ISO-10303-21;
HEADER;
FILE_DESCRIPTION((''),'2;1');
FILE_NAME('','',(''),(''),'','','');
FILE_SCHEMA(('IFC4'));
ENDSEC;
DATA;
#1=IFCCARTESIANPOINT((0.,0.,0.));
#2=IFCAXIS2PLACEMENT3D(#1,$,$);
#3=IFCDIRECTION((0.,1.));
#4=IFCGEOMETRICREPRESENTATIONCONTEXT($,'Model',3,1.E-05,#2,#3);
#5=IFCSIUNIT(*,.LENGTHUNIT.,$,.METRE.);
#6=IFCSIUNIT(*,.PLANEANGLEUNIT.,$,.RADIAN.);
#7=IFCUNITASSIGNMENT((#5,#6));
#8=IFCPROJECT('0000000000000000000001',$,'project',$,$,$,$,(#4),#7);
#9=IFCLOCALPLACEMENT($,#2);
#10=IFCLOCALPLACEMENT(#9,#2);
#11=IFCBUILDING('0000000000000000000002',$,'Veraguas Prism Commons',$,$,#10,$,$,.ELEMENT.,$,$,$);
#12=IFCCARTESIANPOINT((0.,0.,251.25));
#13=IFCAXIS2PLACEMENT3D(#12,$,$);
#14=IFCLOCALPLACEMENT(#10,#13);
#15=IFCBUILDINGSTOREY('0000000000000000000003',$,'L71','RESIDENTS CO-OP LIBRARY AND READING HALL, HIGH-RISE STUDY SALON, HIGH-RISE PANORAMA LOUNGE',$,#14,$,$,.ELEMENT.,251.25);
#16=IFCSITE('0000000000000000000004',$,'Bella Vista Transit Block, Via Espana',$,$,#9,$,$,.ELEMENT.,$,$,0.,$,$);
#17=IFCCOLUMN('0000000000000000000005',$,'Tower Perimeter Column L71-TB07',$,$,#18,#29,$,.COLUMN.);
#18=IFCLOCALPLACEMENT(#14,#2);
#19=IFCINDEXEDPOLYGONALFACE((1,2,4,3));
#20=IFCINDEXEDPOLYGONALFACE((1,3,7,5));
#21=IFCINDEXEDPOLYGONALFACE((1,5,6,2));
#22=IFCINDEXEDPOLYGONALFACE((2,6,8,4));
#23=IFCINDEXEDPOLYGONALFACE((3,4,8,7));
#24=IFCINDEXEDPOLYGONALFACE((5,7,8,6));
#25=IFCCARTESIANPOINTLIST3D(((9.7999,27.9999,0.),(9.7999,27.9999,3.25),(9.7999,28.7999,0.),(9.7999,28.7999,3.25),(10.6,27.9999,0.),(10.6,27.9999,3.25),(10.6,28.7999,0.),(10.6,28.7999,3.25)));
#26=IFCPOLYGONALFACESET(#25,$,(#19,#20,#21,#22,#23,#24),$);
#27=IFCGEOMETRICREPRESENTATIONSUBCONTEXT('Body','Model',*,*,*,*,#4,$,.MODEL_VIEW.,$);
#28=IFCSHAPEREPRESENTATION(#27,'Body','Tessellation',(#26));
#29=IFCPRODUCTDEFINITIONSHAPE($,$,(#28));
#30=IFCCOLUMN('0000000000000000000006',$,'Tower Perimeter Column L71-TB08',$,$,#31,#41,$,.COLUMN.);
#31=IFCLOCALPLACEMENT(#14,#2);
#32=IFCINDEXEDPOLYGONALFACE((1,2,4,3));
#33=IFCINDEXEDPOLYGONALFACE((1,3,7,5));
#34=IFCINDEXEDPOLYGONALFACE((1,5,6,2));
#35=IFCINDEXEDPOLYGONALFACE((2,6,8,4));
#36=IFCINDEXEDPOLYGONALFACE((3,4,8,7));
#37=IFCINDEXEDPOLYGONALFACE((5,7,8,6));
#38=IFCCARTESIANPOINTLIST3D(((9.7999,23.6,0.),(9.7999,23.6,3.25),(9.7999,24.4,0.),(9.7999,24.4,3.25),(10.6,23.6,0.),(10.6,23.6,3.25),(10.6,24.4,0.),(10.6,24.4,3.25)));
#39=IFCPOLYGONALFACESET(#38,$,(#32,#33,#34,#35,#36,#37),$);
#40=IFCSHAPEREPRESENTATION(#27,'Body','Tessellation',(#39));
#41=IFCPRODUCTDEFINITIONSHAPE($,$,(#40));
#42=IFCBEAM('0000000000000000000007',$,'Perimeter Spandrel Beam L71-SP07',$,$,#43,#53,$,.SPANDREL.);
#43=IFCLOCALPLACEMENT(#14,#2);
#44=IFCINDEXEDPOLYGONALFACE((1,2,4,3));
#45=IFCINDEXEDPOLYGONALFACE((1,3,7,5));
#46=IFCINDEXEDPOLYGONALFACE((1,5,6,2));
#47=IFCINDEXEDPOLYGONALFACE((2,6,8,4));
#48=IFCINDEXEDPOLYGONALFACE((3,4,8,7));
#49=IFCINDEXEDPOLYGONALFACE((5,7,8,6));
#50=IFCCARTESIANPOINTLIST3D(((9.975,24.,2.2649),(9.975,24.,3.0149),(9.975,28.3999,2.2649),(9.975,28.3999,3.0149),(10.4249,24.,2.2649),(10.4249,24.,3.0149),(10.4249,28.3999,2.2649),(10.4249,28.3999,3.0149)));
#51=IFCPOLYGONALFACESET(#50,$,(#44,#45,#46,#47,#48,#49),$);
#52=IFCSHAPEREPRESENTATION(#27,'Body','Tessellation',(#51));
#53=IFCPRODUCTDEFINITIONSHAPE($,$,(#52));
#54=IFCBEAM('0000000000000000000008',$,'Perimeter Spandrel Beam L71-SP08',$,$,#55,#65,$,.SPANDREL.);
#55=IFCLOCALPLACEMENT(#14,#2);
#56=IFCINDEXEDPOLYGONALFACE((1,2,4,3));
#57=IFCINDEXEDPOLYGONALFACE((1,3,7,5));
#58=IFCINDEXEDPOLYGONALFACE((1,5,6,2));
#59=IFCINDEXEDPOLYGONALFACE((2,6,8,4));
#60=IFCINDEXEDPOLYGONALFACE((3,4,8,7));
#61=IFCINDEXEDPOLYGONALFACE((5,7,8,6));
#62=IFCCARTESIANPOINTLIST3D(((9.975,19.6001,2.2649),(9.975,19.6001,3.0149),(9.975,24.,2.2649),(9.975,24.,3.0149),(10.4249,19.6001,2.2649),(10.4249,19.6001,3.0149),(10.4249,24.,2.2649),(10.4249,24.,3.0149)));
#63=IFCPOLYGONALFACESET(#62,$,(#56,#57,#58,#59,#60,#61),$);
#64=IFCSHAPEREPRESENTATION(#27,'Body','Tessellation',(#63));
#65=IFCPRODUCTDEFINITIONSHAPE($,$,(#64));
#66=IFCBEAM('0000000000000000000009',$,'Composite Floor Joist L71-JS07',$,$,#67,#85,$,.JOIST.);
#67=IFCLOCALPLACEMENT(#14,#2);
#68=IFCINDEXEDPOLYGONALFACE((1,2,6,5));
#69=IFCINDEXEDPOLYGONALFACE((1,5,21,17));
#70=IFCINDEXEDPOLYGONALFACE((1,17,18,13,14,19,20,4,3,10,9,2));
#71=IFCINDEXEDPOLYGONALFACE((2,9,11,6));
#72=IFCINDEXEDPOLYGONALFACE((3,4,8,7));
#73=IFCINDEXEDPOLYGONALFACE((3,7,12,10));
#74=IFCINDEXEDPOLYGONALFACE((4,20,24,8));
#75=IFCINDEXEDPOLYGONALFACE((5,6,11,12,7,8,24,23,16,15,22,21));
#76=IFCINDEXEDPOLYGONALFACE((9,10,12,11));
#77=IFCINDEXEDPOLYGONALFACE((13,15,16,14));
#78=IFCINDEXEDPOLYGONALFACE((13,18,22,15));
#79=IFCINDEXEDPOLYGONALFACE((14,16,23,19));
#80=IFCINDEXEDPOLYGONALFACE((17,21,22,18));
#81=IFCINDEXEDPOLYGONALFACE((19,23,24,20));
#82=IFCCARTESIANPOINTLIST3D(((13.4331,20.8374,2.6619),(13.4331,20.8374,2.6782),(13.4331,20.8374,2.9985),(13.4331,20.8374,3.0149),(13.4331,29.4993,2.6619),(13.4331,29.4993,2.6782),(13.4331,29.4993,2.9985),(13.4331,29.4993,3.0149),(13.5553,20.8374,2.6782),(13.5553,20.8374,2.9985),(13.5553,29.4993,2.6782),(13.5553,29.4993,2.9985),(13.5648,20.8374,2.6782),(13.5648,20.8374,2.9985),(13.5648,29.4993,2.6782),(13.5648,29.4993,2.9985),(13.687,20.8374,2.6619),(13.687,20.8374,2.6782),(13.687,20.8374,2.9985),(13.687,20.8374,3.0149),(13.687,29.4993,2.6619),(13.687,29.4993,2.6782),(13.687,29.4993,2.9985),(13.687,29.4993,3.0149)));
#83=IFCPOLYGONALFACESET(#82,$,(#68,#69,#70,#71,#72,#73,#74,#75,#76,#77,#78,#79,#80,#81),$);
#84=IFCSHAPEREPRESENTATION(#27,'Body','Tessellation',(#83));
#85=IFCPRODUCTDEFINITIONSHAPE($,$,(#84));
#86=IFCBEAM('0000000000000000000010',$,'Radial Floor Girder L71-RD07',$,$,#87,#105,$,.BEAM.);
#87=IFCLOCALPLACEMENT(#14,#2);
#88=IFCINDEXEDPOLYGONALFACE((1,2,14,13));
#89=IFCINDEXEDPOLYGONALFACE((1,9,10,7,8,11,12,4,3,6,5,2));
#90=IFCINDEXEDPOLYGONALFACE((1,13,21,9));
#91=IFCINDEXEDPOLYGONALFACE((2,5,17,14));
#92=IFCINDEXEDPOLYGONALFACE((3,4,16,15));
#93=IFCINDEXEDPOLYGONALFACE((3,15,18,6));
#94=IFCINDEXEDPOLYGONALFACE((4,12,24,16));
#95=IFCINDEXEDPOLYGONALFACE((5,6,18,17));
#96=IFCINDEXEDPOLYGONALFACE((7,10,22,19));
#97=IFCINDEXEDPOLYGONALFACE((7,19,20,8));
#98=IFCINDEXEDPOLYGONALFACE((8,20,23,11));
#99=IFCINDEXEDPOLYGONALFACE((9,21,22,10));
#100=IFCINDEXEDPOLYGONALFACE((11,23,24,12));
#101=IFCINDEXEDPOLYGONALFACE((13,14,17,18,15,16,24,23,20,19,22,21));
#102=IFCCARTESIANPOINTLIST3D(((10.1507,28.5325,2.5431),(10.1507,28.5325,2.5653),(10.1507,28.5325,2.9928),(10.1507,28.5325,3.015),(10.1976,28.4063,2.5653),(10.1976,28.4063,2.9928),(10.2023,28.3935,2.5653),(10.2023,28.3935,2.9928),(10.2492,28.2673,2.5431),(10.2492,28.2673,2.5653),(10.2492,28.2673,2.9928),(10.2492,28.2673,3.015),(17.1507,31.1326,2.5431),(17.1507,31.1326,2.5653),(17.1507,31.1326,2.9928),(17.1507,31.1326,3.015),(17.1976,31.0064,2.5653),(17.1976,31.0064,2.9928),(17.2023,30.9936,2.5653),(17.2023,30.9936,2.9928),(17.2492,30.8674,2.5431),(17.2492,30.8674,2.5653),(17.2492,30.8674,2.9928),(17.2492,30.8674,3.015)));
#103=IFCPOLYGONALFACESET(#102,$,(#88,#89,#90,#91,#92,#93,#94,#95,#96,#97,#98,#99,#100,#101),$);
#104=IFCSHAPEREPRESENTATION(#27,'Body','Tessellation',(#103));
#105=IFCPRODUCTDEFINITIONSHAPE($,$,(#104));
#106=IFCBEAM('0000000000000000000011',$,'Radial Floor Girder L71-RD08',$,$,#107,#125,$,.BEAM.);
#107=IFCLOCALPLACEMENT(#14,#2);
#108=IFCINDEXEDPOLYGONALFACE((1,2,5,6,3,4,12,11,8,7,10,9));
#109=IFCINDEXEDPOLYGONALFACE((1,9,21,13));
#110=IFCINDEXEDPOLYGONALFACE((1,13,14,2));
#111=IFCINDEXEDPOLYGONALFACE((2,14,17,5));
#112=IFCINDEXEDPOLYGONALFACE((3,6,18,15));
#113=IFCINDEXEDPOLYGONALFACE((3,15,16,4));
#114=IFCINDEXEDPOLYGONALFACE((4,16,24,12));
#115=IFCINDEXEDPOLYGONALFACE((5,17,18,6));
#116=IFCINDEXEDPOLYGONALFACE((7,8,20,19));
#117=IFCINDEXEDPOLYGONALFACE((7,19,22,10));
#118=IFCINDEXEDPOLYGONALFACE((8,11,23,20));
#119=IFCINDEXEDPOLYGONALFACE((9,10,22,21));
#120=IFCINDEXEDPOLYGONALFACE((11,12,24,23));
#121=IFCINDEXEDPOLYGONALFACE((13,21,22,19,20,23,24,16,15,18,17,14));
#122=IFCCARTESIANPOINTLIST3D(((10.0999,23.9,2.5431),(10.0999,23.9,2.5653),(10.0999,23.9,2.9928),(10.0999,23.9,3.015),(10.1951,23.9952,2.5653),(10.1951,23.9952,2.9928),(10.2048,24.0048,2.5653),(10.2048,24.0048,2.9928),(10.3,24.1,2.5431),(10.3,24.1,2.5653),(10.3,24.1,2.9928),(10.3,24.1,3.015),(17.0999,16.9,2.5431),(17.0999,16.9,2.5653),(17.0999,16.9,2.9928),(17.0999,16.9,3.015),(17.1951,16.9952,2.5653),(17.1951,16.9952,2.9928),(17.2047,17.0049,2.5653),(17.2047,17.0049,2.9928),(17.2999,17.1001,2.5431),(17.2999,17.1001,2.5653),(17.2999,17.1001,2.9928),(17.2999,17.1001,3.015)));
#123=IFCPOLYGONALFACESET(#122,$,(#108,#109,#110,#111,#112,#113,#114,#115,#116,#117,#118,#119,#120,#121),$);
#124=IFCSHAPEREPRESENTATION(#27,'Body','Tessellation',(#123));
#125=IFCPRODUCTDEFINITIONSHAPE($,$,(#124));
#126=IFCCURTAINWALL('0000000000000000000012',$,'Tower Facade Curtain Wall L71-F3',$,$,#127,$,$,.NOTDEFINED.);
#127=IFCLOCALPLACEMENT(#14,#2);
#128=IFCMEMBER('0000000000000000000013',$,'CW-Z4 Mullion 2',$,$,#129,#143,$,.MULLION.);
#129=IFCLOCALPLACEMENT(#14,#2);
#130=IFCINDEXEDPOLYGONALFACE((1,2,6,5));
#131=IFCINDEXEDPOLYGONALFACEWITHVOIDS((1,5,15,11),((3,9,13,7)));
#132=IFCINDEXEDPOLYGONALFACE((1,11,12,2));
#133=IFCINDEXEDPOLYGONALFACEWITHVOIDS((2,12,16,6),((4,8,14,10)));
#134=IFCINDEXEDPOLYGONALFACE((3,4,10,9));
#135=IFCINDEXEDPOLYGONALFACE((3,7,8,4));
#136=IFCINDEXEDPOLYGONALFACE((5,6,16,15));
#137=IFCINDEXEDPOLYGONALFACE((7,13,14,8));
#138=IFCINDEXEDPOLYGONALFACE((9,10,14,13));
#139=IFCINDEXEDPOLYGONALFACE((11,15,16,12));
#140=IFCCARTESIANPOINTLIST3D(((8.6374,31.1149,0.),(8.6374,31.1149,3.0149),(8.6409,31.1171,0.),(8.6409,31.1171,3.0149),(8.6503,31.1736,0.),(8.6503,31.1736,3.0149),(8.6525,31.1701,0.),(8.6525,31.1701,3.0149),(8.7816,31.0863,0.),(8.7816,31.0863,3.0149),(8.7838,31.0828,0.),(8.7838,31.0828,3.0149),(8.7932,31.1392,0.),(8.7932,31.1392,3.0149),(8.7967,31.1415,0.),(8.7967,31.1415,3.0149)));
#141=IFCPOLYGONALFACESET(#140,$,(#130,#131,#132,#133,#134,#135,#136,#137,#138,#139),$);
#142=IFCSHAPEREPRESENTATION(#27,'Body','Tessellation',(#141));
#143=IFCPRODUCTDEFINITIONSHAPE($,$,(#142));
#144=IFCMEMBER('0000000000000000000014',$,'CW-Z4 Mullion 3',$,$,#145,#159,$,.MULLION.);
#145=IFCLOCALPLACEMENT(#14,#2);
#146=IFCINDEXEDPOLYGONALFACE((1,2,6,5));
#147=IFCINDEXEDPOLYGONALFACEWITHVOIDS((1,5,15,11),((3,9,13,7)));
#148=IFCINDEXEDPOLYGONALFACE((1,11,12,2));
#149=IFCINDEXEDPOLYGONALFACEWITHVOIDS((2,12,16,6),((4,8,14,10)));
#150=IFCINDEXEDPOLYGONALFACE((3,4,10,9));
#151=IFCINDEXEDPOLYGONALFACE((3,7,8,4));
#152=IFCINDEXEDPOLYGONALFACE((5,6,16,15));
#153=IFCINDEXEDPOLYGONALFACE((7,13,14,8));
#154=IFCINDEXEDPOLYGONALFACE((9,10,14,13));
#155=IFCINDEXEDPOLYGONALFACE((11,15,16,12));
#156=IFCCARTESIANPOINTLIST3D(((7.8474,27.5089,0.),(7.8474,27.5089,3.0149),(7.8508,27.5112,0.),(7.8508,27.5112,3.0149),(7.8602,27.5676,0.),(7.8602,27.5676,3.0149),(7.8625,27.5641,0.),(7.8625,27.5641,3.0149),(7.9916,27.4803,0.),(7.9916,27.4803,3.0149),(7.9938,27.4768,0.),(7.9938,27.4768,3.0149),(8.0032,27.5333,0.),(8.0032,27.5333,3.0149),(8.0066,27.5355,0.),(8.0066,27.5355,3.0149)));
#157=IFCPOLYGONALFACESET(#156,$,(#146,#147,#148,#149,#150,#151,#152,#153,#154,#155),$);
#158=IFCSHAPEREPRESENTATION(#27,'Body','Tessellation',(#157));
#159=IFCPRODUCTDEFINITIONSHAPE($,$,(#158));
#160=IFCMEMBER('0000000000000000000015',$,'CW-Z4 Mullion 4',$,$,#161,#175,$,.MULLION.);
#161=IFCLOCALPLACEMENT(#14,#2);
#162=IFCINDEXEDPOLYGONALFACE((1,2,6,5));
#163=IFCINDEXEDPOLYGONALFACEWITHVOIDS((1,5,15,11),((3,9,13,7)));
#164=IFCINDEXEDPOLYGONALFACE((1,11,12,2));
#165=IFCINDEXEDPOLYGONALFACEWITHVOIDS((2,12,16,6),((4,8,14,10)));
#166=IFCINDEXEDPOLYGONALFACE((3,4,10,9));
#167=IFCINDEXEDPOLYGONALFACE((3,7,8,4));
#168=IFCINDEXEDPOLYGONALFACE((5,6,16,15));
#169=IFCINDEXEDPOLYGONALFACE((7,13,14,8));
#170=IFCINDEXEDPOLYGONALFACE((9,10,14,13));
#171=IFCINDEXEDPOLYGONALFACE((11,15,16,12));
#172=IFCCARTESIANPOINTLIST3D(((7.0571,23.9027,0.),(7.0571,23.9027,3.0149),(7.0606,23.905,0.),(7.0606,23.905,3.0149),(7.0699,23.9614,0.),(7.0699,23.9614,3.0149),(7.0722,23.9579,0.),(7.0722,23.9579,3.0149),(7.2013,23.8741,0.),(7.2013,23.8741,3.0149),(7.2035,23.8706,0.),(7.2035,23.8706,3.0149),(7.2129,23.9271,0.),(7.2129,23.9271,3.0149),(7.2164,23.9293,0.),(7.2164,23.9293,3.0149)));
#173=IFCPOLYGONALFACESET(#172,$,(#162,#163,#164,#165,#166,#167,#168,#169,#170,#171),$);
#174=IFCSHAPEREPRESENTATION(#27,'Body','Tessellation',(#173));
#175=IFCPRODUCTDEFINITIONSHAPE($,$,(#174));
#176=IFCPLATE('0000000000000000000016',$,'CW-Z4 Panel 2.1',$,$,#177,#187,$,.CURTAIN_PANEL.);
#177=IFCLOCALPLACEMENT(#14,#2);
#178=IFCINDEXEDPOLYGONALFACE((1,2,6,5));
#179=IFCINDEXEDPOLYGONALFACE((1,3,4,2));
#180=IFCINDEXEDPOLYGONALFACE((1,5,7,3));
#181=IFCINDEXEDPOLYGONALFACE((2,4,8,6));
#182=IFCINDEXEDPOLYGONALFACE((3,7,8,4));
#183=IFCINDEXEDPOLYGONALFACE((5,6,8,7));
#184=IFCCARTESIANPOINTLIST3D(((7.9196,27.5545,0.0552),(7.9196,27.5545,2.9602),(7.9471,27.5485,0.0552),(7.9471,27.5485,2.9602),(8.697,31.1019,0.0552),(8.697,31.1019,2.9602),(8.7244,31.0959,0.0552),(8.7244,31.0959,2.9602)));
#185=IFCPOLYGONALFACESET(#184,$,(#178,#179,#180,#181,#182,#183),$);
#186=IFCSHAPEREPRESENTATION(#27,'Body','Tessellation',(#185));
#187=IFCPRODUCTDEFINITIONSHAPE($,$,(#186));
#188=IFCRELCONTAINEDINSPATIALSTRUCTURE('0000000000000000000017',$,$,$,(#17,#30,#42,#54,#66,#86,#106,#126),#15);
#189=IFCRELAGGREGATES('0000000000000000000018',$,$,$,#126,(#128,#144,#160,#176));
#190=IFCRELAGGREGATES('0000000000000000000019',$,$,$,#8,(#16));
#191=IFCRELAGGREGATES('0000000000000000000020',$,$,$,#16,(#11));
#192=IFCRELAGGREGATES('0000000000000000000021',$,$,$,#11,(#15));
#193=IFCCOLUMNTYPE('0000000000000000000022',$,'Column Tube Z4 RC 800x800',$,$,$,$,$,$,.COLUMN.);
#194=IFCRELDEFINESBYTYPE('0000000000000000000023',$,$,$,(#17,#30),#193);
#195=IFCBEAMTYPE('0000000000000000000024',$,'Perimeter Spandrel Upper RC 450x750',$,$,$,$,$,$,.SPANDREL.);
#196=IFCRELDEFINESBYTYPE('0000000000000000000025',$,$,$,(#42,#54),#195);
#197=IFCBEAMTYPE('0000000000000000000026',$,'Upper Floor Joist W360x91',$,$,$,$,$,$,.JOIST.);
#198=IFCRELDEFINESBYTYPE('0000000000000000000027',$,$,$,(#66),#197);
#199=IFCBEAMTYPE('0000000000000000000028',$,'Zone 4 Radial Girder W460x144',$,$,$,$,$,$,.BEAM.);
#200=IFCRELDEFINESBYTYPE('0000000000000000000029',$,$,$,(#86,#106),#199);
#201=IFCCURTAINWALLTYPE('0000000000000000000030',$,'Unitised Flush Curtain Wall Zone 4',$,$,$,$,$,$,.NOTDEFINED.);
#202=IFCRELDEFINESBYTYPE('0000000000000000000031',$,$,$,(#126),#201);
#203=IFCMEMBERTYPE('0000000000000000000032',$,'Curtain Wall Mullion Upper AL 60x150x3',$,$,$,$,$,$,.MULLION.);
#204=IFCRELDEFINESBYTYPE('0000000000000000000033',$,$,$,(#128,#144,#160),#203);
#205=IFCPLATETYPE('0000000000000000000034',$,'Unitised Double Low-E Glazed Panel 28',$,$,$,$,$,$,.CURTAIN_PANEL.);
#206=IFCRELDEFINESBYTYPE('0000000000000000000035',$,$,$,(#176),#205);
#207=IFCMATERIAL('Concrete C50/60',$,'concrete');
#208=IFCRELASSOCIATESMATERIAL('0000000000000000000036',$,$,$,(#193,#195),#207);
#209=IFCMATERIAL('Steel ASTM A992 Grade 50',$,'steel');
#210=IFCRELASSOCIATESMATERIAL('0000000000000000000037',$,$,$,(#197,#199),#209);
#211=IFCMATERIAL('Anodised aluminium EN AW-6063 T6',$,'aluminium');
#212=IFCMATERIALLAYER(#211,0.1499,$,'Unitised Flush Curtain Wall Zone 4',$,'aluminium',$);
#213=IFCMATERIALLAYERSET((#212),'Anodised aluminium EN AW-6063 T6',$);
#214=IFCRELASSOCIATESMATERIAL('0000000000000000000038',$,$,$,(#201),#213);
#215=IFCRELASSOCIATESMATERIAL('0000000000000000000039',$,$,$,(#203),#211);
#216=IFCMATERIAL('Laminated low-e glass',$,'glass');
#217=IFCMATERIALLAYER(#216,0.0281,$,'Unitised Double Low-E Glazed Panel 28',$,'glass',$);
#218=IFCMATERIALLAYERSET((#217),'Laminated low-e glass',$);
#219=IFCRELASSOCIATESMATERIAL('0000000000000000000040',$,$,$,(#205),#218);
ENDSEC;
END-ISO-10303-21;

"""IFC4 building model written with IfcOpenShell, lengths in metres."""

from ifc_helpers import new_model, si_unit, direction, frame, origin, origin_2d, place, context, subcontext, project, spatial, rectangle, hollow_rectangle, i_section, extrude, source, transform, mapped, material, layer, layer_set, material_profile, profile_set, type_object, element, aggregate, save


model = new_model("IFC4")

# Units and contexts
model_context = context("Model", 3, precision=1e-05, world=origin(), true_north=direction((0.0, 1.0)))
body_context = subcontext(model_context, "Body", "Model", "MODEL_VIEW")
ifc_project = project(units=[si_unit("LENGTHUNIT", "METRE"), si_unit("PLANEANGLEUNIT", "RADIAN")], contexts=[model_context])

# Site, building, storey
site_placement = place(None, origin())
site = spatial("IfcSite", under=ifc_project, at=site_placement, Name="Bella Vista Transit Block, Via Espana", CompositionType="ELEMENT", RefElevation=0.0)
building_placement = place(site_placement, origin())
building = spatial("IfcBuilding", under=site, at=building_placement, Name="Veraguas Prism Commons", CompositionType="ELEMENT")
storey_placement = place(building_placement, frame((0.0, 0.0, 251.25)))
storey = spatial("IfcBuildingStorey", under=building, at=storey_placement, Name="L71", Description="RESIDENTS CO-OP LIBRARY AND READING HALL, HIGH-RISE STUDY SALON, HIGH-RISE PANORAMA LOUNGE", CompositionType="ELEMENT", Elevation=251.25)

# Columns
ifc_material_1 = material(Name="Concrete C50/60", Category="concrete")
ifc_material_profile_1 = material_profile(ifc_material_1, rectangle(XDim=0.8, YDim=0.8, at=origin_2d()), Name="RC800X800")
ifc_profile_set_1 = profile_set([ifc_material_profile_1], Name="Concrete C50/60")
column_type = type_object("IfcColumnType", Name="Column Tube Z4 RC 800x800", PredefinedType="COLUMN", material=ifc_profile_set_1)
for number, where, z_axis, x_axis, name in (
    (1, (10.2, 28.3999, 0.0), (0.0, 0.0, 1.0), (1.0, 0.0, 0.0), "Tower Perimeter Column L71-TB07"),
    (2, (10.2, 24.0, 0.0), (0.0, 0.0, 1.0), (1.0, 0.0, 0.0), "Tower Perimeter Column L71-TB08"),
):
    element("IfcColumn", number, at=place(storey_placement, frame(where, z_axis=z_axis, x_axis=x_axis)), inside=storey, type_object=column_type, Name=name, PredefinedType="COLUMN", context=body_context, shape_type="SweptSolid", body=[
        extrude(rectangle(XDim=0.8, YDim=0.8, at=origin_2d()), origin(), (0.0, 0.0, 1.0), 3.25),
    ])

# Beams
ifc_material_profile_2 = material_profile(ifc_material_1, rectangle(XDim=0.45, YDim=0.75, at=origin_2d()), Name="RC450X750")
ifc_profile_set_2 = profile_set([ifc_material_profile_2], Name="Concrete C50/60")
beam_type_1 = type_object("IfcBeamType", Name="Perimeter Spandrel Upper RC 450x750", PredefinedType="SPANDREL", material=ifc_profile_set_2)
for number, where, z_axis, x_axis, name in (
    (3, (10.2, 28.3999, 2.6399), (0.0, -1.0, 0.0), (1.0, 0.0, 0.0), "Perimeter Spandrel Beam L71-SP07"),
    (4, (10.2, 24.0, 2.6399), (0.0, -1.0, 0.0), (1.0, 0.0, 0.0), "Perimeter Spandrel Beam L71-SP08"),
):
    element("IfcBeam", number, at=place(storey_placement, frame(where, z_axis=z_axis, x_axis=x_axis)), inside=storey, type_object=beam_type_1, Name=name, PredefinedType="SPANDREL", context=body_context, shape_type="SweptSolid", body=[
        extrude(rectangle(XDim=0.45, YDim=0.75, at=origin_2d()), origin(), (0.0, 0.0, 1.0), 4.3999),
    ])
ifc_material_2 = material(Name="Steel ASTM A992 Grade 50", Category="steel")
ifc_material_profile_3 = material_profile(ifc_material_2, i_section(OverallWidth=0.2539, OverallDepth=0.353, WebThickness=0.0095, FlangeThickness=0.0164, at=origin_2d()), Name="W360X91")
ifc_profile_set_3 = profile_set([ifc_material_profile_3], Name="Steel ASTM A992 Grade 50")
beam_type_2 = type_object("IfcBeamType", Name="Upper Floor Joist W360x91", PredefinedType="JOIST", material=ifc_profile_set_3)
beam_1_placement = place(storey_placement, frame((13.5601, 29.4993, 2.8384), z_axis=(0.0, -1.0, 0.0), x_axis=(1.0, 0.0, 0.0)))
element("IfcBeam", 5, at=beam_1_placement, inside=storey, type_object=beam_type_2, Name="Composite Floor Joist L71-JS07", PredefinedType="JOIST", context=body_context, shape_type="SweptSolid", body=[
    extrude(i_section(OverallWidth=0.2539, OverallDepth=0.353, WebThickness=0.0095, FlangeThickness=0.0164, at=origin_2d()), origin(), (0.0, 0.0, 1.0), 8.6619),
])
ifc_material_profile_4 = material_profile(ifc_material_2, i_section(OverallWidth=0.283, OverallDepth=0.4719, WebThickness=0.0137, FlangeThickness=0.0222, at=origin_2d()), Name="W460X144")
ifc_profile_set_4 = profile_set([ifc_material_profile_4], Name="Steel ASTM A992 Grade 50")
beam_type_3 = type_object("IfcBeamType", Name="Zone 4 Radial Girder W460x144", PredefinedType="BEAM", material=ifc_profile_set_4)
beam_2_placement = place(storey_placement, frame((10.2, 28.3999, 2.7791), z_axis=(0.937421, 0.348198, 0.0), x_axis=(-0.348198, 0.937421, 0.0)))
element("IfcBeam", 6, at=beam_2_placement, inside=storey, type_object=beam_type_3, Name="Radial Floor Girder L71-RD07", PredefinedType="BEAM", context=body_context, shape_type="SweptSolid", body=[
    extrude(i_section(OverallWidth=0.283, OverallDepth=0.4719, WebThickness=0.0137, FlangeThickness=0.0222, at=origin_2d()), origin(), (0.0, 0.0, 1.0), 7.4673),
])
beam_3_placement = place(storey_placement, frame((10.2, 24.0, 2.7791), z_axis=(0.707107, -0.707107, 0.0), x_axis=(0.707107, 0.707107, 0.0)))
element("IfcBeam", 7, at=beam_3_placement, inside=storey, type_object=beam_type_3, Name="Radial Floor Girder L71-RD08", PredefinedType="BEAM", context=body_context, shape_type="SweptSolid", body=[
    extrude(i_section(OverallWidth=0.283, OverallDepth=0.4719, WebThickness=0.0137, FlangeThickness=0.0222, at=origin_2d()), origin(), (0.0, 0.0, 1.0), 9.8994),
])

# Curtain wall, members, plate
ifc_material_3 = material(Name="Anodised aluminium EN AW-6063 T6", Category="aluminium")
ifc_layer_1 = layer(ifc_material_3, 0.1499, Name="Unitised Flush Curtain Wall Zone 4", Category="aluminium")
ifc_layer_set_1 = layer_set([ifc_layer_1], Name="Anodised aluminium EN AW-6063 T6")
curtain_wall_type = type_object("IfcCurtainWallType", Name="Unitised Flush Curtain Wall Zone 4", PredefinedType="NOTDEFINED", material=ifc_layer_set_1)
curtain_wall_placement = place(storey_placement, origin())
curtain_wall = element("IfcCurtainWall", 8, at=curtain_wall_placement, inside=storey, type_object=curtain_wall_type, Name="Tower Facade Curtain Wall L71-F3", PredefinedType="NOTDEFINED")
ifc_material_profile_5 = material_profile(ifc_material_3, hollow_rectangle(XDim=0.0601, YDim=0.1499, WallThickness=0.0029, at=origin_2d()), Name="AL60X150X3")
ifc_profile_set_5 = profile_set([ifc_material_profile_5], Name="Anodised aluminium EN AW-6063 T6")
member_type = type_object("IfcMemberType", Name="Curtain Wall Mullion Upper AL 60x150x3", PredefinedType="MULLION", material=ifc_profile_set_5)
shared_shape_1 = source(origin(), body_context, "Body", "SweptSolid", [
    extrude(hollow_rectangle(XDim=0.0601, YDim=0.1499, WallThickness=0.0029, at=origin_2d()), origin(), (0.0, 0.0, 1.0), 3.0149),
])
member_1_placement = place(storey_placement, frame((8.717, 31.1282, 0.0), z_axis=(0.0, 0.0, 1.0), x_axis=(-0.214053, -0.976822, 0.0)))
member_1 = element("IfcMember", 9, at=member_1_placement, type_object=member_type, Name="CW-Z4 Mullion 2", PredefinedType="MULLION", context=body_context, shape_type="MappedRepresentation", body=[
    mapped(shared_shape_1, transform((0.0, 0.0, 0.0), scale=1.0)),
])
member_2_placement = place(storey_placement, frame((7.927, 27.5222, 0.0), z_axis=(0.0, 0.0, 1.0), x_axis=(-0.214053, -0.976822, 0.0)))
member_2 = element("IfcMember", 10, at=member_2_placement, type_object=member_type, Name="CW-Z4 Mullion 3", PredefinedType="MULLION", context=body_context, shape_type="MappedRepresentation", body=[
    mapped(shared_shape_1, transform((0.0, 0.0, 0.0), scale=1.0)),
])
member_3_placement = place(storey_placement, frame((7.1367, 23.916, 0.0), z_axis=(0.0, 0.0, 1.0), x_axis=(-0.214053, -0.976822, 0.0)))
member_3 = element("IfcMember", 11, at=member_3_placement, type_object=member_type, Name="CW-Z4 Mullion 4", PredefinedType="MULLION", context=body_context, shape_type="MappedRepresentation", body=[
    mapped(shared_shape_1, transform((0.0, 0.0, 0.0), scale=1.0)),
])
ifc_material_4 = material(Name="Laminated low-e glass", Category="glass")
ifc_layer_2 = layer(ifc_material_4, 0.0281, Name="Unitised Double Low-E Glazed Panel 28", Category="glass")
ifc_layer_set_2 = layer_set([ifc_layer_2], Name="Laminated low-e glass")
plate_type = type_object("IfcPlateType", Name="Unitised Double Low-E Glazed Panel 28", PredefinedType="CURTAIN_PANEL", material=ifc_layer_set_2)
shared_shape_2 = source(origin(), body_context, "Body", "SweptSolid", [
    extrude(rectangle(XDim=3.6316, YDim=0.0281, at=origin_2d()), origin(), (0.0, 0.0, 1.0), 2.905),
])
plate_1_placement = place(storey_placement, frame((8.322, 29.3252, 0.0552), z_axis=(0.0, 0.0, 1.0), x_axis=(-0.214053, -0.976822, 0.0)))
plate_1 = element("IfcPlate", 12, at=plate_1_placement, type_object=plate_type, Name="CW-Z4 Panel 2.1", PredefinedType="CURTAIN_PANEL", context=body_context, shape_type="MappedRepresentation", body=[
    mapped(shared_shape_2, transform((0.0, 0.0, 0.0), scale=1.0)),
])
aggregate(curtain_wall, [member_1, member_2, member_3, plate_1])

save(model, "model.ifc")
